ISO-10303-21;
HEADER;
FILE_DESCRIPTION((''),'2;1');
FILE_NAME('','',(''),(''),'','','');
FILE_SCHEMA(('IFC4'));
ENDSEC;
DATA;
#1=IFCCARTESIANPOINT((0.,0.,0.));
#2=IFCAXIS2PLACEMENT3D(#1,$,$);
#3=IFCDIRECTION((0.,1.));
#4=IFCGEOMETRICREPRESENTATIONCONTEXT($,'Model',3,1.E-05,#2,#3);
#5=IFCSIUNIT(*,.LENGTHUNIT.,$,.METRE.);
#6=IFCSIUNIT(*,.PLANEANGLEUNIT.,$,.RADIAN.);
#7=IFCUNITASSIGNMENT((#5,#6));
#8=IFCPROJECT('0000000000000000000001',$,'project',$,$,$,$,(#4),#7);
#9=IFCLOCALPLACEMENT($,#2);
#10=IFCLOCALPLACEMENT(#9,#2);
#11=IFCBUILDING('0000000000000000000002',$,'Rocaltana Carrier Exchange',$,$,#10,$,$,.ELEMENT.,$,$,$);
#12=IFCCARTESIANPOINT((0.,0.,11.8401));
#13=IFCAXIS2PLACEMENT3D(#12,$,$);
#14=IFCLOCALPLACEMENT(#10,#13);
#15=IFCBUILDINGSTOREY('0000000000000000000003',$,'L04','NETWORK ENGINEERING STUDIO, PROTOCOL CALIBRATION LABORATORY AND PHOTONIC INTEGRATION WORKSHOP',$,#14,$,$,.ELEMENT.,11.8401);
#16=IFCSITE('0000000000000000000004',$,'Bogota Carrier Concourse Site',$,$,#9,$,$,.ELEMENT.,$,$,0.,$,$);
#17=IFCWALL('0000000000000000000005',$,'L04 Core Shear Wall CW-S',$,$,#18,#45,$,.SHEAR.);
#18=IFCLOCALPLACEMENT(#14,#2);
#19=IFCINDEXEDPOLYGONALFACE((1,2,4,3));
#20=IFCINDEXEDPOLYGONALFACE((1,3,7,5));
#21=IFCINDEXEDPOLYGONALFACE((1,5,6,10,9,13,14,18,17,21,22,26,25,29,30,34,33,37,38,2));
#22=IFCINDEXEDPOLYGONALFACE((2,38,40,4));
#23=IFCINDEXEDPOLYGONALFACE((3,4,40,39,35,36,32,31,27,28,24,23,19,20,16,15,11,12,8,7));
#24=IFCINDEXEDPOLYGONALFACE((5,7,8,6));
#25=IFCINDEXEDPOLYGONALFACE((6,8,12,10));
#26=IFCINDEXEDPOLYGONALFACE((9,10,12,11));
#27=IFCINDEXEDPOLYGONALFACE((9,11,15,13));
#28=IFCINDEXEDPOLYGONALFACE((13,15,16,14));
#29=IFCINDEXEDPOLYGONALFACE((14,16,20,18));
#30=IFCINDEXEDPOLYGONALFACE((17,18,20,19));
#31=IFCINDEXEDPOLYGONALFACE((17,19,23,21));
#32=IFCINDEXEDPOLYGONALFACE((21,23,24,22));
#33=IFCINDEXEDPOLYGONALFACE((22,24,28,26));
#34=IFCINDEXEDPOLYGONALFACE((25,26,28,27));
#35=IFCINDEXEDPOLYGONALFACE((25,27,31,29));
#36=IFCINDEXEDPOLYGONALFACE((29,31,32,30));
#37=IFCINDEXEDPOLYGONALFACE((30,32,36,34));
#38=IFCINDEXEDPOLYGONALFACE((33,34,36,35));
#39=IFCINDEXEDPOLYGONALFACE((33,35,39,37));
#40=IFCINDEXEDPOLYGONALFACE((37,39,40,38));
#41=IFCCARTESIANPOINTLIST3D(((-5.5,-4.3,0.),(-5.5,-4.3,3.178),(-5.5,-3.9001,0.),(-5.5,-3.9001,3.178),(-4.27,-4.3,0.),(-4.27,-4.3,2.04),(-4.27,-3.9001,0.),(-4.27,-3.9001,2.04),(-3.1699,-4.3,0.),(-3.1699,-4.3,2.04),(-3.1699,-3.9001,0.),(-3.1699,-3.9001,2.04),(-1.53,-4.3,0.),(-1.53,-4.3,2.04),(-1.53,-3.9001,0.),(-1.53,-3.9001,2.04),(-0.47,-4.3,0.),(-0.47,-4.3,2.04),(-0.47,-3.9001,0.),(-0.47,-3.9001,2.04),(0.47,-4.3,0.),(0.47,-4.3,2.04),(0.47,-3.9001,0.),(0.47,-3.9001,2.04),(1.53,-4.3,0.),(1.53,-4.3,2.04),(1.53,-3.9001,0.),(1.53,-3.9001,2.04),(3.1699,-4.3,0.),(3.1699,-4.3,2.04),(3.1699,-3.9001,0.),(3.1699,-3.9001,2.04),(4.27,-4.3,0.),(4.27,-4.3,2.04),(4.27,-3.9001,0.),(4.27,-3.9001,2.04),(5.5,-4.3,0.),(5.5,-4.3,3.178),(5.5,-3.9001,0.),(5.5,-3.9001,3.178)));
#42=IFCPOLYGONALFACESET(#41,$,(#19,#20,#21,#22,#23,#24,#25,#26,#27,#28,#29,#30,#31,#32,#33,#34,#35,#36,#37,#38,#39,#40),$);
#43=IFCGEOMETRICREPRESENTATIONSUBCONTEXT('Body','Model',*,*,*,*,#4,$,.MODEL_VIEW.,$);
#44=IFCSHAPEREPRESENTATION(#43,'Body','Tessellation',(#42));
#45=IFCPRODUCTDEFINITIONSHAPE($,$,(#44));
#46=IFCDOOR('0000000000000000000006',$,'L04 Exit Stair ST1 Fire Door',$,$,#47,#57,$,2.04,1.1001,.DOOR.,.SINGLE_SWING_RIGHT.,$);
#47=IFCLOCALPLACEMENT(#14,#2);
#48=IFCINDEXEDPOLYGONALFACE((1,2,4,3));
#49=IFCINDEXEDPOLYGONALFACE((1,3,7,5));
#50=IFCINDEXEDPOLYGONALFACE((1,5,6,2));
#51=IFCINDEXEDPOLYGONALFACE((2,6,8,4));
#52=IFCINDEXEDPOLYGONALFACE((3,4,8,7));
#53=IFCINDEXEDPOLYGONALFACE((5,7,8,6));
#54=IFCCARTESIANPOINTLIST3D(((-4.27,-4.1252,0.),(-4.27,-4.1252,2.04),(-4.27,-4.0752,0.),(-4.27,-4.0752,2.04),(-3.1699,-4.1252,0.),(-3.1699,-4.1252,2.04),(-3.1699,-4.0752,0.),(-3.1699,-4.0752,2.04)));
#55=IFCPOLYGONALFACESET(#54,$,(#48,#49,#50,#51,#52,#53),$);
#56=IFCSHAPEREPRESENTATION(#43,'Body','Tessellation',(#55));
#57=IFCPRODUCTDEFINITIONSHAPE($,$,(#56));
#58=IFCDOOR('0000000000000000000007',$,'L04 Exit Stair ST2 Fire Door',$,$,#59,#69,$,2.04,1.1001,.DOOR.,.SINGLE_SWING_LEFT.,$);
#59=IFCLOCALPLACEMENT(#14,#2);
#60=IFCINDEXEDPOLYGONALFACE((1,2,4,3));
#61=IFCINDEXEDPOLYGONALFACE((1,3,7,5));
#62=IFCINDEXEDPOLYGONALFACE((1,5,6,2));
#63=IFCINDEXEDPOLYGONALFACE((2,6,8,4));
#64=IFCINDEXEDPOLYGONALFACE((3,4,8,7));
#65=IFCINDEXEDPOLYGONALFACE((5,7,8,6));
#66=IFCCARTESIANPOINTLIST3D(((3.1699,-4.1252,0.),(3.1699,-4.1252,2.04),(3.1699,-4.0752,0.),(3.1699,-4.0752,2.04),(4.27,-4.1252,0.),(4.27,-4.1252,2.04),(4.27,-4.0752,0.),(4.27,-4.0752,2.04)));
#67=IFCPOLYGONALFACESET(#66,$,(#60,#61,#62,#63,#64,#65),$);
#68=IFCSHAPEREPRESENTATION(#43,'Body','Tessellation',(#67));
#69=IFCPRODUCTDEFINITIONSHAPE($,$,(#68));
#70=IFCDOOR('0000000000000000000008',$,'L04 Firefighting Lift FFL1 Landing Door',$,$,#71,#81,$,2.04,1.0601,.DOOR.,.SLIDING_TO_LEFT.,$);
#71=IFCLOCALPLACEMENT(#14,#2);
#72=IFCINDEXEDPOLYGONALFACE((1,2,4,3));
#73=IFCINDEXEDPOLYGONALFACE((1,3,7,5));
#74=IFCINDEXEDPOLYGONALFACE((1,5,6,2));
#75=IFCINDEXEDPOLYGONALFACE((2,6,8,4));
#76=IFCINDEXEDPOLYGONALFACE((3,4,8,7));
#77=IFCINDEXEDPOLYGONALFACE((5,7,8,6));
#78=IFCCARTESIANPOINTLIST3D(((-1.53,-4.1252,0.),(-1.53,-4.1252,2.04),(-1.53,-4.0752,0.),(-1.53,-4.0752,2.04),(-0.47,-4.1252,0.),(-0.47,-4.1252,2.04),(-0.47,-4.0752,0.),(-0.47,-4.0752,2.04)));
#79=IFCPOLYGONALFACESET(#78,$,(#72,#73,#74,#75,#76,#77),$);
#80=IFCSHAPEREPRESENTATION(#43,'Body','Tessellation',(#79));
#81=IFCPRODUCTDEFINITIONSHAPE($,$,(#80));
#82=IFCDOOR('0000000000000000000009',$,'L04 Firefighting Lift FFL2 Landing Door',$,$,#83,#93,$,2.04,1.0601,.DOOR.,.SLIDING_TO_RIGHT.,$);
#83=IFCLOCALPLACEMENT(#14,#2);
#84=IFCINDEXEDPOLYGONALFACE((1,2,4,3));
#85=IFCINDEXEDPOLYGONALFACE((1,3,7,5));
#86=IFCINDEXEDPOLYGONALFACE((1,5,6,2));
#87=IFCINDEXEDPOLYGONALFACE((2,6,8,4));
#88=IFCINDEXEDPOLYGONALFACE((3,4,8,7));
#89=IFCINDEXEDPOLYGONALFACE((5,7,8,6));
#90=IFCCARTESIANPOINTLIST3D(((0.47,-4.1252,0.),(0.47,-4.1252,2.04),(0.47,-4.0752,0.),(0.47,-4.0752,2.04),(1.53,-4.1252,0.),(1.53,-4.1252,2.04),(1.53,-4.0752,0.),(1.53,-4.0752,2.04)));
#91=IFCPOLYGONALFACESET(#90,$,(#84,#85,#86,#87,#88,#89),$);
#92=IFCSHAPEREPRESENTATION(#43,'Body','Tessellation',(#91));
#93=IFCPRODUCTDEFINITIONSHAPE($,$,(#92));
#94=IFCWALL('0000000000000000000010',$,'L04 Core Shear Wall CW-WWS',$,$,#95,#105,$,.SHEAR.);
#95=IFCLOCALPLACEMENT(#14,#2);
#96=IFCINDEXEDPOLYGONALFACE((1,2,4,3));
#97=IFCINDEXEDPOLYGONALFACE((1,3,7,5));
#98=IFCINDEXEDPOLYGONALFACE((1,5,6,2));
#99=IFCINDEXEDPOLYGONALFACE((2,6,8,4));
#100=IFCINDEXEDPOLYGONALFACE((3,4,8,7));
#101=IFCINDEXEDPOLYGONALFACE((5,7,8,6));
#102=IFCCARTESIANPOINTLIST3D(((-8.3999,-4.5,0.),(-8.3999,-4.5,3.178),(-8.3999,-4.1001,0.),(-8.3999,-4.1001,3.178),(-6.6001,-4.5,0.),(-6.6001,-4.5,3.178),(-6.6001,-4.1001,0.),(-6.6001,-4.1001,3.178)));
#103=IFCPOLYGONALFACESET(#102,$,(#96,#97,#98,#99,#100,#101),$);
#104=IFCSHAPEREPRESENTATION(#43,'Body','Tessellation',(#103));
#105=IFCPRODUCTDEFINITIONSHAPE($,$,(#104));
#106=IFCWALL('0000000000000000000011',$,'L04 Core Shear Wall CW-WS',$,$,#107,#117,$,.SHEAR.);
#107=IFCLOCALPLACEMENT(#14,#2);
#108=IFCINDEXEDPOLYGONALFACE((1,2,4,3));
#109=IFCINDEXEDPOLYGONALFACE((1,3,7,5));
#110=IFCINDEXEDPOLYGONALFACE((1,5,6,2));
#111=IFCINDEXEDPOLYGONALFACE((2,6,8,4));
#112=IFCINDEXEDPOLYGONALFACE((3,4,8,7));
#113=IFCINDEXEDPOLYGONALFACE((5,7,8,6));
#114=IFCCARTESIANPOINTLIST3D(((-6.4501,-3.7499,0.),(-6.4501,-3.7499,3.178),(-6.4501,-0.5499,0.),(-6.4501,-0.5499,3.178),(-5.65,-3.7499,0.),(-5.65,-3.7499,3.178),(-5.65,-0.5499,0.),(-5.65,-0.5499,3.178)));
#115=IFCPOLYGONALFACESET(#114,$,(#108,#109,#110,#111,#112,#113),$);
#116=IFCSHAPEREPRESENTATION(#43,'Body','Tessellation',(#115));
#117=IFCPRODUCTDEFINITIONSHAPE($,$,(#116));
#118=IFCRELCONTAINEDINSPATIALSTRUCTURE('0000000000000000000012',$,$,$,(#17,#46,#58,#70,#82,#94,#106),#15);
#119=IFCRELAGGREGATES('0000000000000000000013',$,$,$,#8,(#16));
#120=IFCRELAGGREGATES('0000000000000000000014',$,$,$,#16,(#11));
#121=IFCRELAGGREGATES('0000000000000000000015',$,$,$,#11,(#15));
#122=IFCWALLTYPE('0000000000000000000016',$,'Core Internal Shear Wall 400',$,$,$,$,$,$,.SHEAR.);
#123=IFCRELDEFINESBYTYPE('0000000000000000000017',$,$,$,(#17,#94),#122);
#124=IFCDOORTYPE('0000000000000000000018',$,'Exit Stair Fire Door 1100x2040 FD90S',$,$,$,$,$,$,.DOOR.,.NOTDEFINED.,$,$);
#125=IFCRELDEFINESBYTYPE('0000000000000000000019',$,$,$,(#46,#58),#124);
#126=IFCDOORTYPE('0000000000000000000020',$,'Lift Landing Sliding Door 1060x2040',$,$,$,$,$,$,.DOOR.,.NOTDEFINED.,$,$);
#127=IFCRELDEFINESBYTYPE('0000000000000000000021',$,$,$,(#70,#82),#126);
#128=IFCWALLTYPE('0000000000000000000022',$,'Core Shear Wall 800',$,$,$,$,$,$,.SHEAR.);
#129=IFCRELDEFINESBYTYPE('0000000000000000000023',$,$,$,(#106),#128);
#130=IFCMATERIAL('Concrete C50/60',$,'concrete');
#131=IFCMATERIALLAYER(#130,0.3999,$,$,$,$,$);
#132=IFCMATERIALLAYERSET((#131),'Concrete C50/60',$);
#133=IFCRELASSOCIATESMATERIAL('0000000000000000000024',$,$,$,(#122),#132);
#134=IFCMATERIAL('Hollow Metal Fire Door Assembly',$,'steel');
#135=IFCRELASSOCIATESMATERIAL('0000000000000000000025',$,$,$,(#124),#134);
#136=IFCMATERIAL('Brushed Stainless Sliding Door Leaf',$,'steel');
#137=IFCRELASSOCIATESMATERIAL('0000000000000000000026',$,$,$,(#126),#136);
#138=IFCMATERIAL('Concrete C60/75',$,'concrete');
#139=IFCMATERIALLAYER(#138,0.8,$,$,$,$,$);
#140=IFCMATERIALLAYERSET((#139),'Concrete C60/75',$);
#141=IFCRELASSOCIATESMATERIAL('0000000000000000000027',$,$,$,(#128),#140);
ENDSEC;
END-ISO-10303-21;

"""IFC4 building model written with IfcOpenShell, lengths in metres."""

from ifc_helpers import new_model, si_unit, direction, frame, frame_2d, origin, place, context, subcontext, project, spatial, rectangle, extrude, material, layer, layer_set, type_object, element, fill, save


model = new_model("IFC4")

# Units and contexts
model_context = context("Model", 3, precision=1e-05, world=origin(), true_north=direction((0.0, 1.0)))
body_context = subcontext(model_context, "Body", "Model", "MODEL_VIEW")
ifc_project = project(units=[si_unit("LENGTHUNIT", "METRE"), si_unit("PLANEANGLEUNIT", "RADIAN")], contexts=[model_context])

# Site, building, storey
site_placement = place(None, origin())
site = spatial("IfcSite", under=ifc_project, at=site_placement, Name="Bogota Carrier Concourse Site", CompositionType="ELEMENT", RefElevation=0.0)
building_placement = place(site_placement, origin())
building = spatial("IfcBuilding", under=site, at=building_placement, Name="Rocaltana Carrier Exchange", CompositionType="ELEMENT")
storey_placement = place(building_placement, frame((0.0, 0.0, 11.8401)))
storey = spatial("IfcBuildingStorey", under=building, at=storey_placement, Name="L04", Description="NETWORK ENGINEERING STUDIO, PROTOCOL CALIBRATION LABORATORY AND PHOTONIC INTEGRATION WORKSHOP", CompositionType="ELEMENT", Elevation=11.8401)

# Wall, openings, doors
ifc_material_1 = material(Name="Concrete C50/60", Category="concrete")
ifc_layer_1 = layer(ifc_material_1, 0.3999)
ifc_layer_set_1 = layer_set([ifc_layer_1], Name="Concrete C50/60")
wall_type_1 = type_object("IfcWallType", Name="Core Internal Shear Wall 400", PredefinedType="SHEAR", material=ifc_layer_set_1)
wall_1_placement = place(storey_placement, frame((-5.5, -4.1001, 0.0), z_axis=(0.0, 0.0, 1.0), x_axis=(1.0, 0.0, 0.0)))
wall_1 = element("IfcWall", 1, at=wall_1_placement, inside=storey, type_object=wall_type_1, Name="L04 Core Shear Wall CW-S", PredefinedType="SHEAR", context=body_context, shape_type="SweptSolid", body=[
    extrude(rectangle(XDim=11.0, YDim=0.3999, at=frame_2d((5.5, 0.0))), origin(), (0.0, 0.0, 1.0), 3.178),
])
opening_1_placement = place(wall_1_placement, frame((1.23, 0.0, 0.0)))
opening_1 = element("IfcOpeningElement", 2, at=opening_1_placement, cuts=wall_1, PredefinedType="OPENING", context=body_context, shape_type="SweptSolid", body=[
    extrude(rectangle(XDim=1.1001, YDim=2.04, at=frame_2d((0.55, 1.02))), frame((0.0, 0.21, 0.0), z_axis=(0.0, -1.0, 0.0), x_axis=(1.0, 0.0, 0.0)), (0.0, 0.0, 1.0), 0.4199),
])
opening_2_placement = place(wall_1_placement, frame((8.6699, 0.0, 0.0)))
opening_2 = element("IfcOpeningElement", 3, at=opening_2_placement, cuts=wall_1, PredefinedType="OPENING", context=body_context, shape_type="SweptSolid", body=[
    extrude(rectangle(XDim=1.1001, YDim=2.04, at=frame_2d((0.55, 1.02))), frame((0.0, 0.21, 0.0), z_axis=(0.0, -1.0, 0.0), x_axis=(1.0, 0.0, 0.0)), (0.0, 0.0, 1.0), 0.4199),
])
opening_3_placement = place(wall_1_placement, frame((3.97, 0.0, 0.0)))
opening_3 = element("IfcOpeningElement", 4, at=opening_3_placement, cuts=wall_1, PredefinedType="OPENING", context=body_context, shape_type="SweptSolid", body=[
    extrude(rectangle(XDim=1.0601, YDim=2.04, at=frame_2d((0.53, 1.02))), frame((0.0, 0.21, 0.0), z_axis=(0.0, -1.0, 0.0), x_axis=(1.0, 0.0, 0.0)), (0.0, 0.0, 1.0), 0.4199),
])
opening_4_placement = place(wall_1_placement, frame((5.97, 0.0, 0.0)))
opening_4 = element("IfcOpeningElement", 5, at=opening_4_placement, cuts=wall_1, PredefinedType="OPENING", context=body_context, shape_type="SweptSolid", body=[
    extrude(rectangle(XDim=1.0601, YDim=2.04, at=frame_2d((0.53, 1.02))), frame((0.0, 0.21, 0.0), z_axis=(0.0, -1.0, 0.0), x_axis=(1.0, 0.0, 0.0)), (0.0, 0.0, 1.0), 0.4199),
])
ifc_material_2 = material(Name="Hollow Metal Fire Door Assembly", Category="steel")
door_type_1 = type_object("IfcDoorType", Name="Exit Stair Fire Door 1100x2040 FD90S", OperationType="NOTDEFINED", PredefinedType="DOOR", material=ifc_material_2)
door_1_placement = place(opening_1_placement, origin())
door_1 = element("IfcDoor", 6, at=door_1_placement, inside=storey, type_object=door_type_1, Name="L04 Exit Stair ST1 Fire Door", OperationType="SINGLE_SWING_RIGHT", OverallHeight=2.04, OverallWidth=1.1001, PredefinedType="DOOR", context=body_context, shape_type="SweptSolid", body=[
    extrude(rectangle(XDim=1.1001, YDim=2.04, at=frame_2d((0.55, 1.02))), frame((0.0, 0.0249, 0.0), z_axis=(0.0, -1.0, 0.0), x_axis=(1.0, 0.0, 0.0)), (0.0, 0.0, 1.0), 0.05),
])
fill(opening_1, door_1)
door_2_placement = place(opening_2_placement, origin())
door_2 = element("IfcDoor", 7, at=door_2_placement, inside=storey, type_object=door_type_1, Name="L04 Exit Stair ST2 Fire Door", OperationType="SINGLE_SWING_LEFT", OverallHeight=2.04, OverallWidth=1.1001, PredefinedType="DOOR", context=body_context, shape_type="SweptSolid", body=[
    extrude(rectangle(XDim=1.1001, YDim=2.04, at=frame_2d((0.55, 1.02))), frame((0.0, 0.0249, 0.0), z_axis=(0.0, -1.0, 0.0), x_axis=(1.0, 0.0, 0.0)), (0.0, 0.0, 1.0), 0.05),
])
fill(opening_2, door_2)
ifc_material_3 = material(Name="Brushed Stainless Sliding Door Leaf", Category="steel")
door_type_2 = type_object("IfcDoorType", Name="Lift Landing Sliding Door 1060x2040", OperationType="NOTDEFINED", PredefinedType="DOOR", material=ifc_material_3)
door_3_placement = place(opening_3_placement, origin())
door_3 = element("IfcDoor", 8, at=door_3_placement, inside=storey, type_object=door_type_2, Name="L04 Firefighting Lift FFL1 Landing Door", OperationType="SLIDING_TO_LEFT", OverallHeight=2.04, OverallWidth=1.0601, PredefinedType="DOOR", context=body_context, shape_type="SweptSolid", body=[
    extrude(rectangle(XDim=1.0601, YDim=2.04, at=frame_2d((0.53, 1.02))), frame((0.0, 0.0249, 0.0), z_axis=(0.0, -1.0, 0.0), x_axis=(1.0, 0.0, 0.0)), (0.0, 0.0, 1.0), 0.05),
])
fill(opening_3, door_3)
door_4_placement = place(opening_4_placement, origin())
door_4 = element("IfcDoor", 9, at=door_4_placement, inside=storey, type_object=door_type_2, Name="L04 Firefighting Lift FFL2 Landing Door", OperationType="SLIDING_TO_RIGHT", OverallHeight=2.04, OverallWidth=1.0601, PredefinedType="DOOR", context=body_context, shape_type="SweptSolid", body=[
    extrude(rectangle(XDim=1.0601, YDim=2.04, at=frame_2d((0.53, 1.02))), frame((0.0, 0.0249, 0.0), z_axis=(0.0, -1.0, 0.0), x_axis=(1.0, 0.0, 0.0)), (0.0, 0.0, 1.0), 0.05),
])
fill(opening_4, door_4)

# Walls
wall_2_placement = place(storey_placement, frame((-8.3999, -4.3, 0.0), z_axis=(0.0, 0.0, 1.0), x_axis=(1.0, 0.0, 0.0)))
element("IfcWall", 10, at=wall_2_placement, inside=storey, type_object=wall_type_1, Name="L04 Core Shear Wall CW-WWS", PredefinedType="SHEAR", context=body_context, shape_type="SweptSolid", body=[
    extrude(rectangle(XDim=1.7998, YDim=0.3999, at=frame_2d((0.8999, 0.0))), origin(), (0.0, 0.0, 1.0), 3.178),
])
ifc_material_4 = material(Name="Concrete C60/75", Category="concrete")
ifc_layer_2 = layer(ifc_material_4, 0.8)
ifc_layer_set_2 = layer_set([ifc_layer_2], Name="Concrete C60/75")
wall_type_2 = type_object("IfcWallType", Name="Core Shear Wall 800", PredefinedType="SHEAR", material=ifc_layer_set_2)
wall_3_placement = place(storey_placement, frame((-6.05, -3.75, 0.0), z_axis=(0.0, 0.0, 1.0), x_axis=(0.0, 1.0, 0.0)))
element("IfcWall", 11, at=wall_3_placement, inside=storey, type_object=wall_type_2, Name="L04 Core Shear Wall CW-WS", PredefinedType="SHEAR", context=body_context, shape_type="SweptSolid", body=[
    extrude(rectangle(XDim=3.2, YDim=0.8, at=frame_2d((1.6001, 0.0))), origin(), (0.0, 0.0, 1.0), 3.178),
])

save(model, "model.ifc")
